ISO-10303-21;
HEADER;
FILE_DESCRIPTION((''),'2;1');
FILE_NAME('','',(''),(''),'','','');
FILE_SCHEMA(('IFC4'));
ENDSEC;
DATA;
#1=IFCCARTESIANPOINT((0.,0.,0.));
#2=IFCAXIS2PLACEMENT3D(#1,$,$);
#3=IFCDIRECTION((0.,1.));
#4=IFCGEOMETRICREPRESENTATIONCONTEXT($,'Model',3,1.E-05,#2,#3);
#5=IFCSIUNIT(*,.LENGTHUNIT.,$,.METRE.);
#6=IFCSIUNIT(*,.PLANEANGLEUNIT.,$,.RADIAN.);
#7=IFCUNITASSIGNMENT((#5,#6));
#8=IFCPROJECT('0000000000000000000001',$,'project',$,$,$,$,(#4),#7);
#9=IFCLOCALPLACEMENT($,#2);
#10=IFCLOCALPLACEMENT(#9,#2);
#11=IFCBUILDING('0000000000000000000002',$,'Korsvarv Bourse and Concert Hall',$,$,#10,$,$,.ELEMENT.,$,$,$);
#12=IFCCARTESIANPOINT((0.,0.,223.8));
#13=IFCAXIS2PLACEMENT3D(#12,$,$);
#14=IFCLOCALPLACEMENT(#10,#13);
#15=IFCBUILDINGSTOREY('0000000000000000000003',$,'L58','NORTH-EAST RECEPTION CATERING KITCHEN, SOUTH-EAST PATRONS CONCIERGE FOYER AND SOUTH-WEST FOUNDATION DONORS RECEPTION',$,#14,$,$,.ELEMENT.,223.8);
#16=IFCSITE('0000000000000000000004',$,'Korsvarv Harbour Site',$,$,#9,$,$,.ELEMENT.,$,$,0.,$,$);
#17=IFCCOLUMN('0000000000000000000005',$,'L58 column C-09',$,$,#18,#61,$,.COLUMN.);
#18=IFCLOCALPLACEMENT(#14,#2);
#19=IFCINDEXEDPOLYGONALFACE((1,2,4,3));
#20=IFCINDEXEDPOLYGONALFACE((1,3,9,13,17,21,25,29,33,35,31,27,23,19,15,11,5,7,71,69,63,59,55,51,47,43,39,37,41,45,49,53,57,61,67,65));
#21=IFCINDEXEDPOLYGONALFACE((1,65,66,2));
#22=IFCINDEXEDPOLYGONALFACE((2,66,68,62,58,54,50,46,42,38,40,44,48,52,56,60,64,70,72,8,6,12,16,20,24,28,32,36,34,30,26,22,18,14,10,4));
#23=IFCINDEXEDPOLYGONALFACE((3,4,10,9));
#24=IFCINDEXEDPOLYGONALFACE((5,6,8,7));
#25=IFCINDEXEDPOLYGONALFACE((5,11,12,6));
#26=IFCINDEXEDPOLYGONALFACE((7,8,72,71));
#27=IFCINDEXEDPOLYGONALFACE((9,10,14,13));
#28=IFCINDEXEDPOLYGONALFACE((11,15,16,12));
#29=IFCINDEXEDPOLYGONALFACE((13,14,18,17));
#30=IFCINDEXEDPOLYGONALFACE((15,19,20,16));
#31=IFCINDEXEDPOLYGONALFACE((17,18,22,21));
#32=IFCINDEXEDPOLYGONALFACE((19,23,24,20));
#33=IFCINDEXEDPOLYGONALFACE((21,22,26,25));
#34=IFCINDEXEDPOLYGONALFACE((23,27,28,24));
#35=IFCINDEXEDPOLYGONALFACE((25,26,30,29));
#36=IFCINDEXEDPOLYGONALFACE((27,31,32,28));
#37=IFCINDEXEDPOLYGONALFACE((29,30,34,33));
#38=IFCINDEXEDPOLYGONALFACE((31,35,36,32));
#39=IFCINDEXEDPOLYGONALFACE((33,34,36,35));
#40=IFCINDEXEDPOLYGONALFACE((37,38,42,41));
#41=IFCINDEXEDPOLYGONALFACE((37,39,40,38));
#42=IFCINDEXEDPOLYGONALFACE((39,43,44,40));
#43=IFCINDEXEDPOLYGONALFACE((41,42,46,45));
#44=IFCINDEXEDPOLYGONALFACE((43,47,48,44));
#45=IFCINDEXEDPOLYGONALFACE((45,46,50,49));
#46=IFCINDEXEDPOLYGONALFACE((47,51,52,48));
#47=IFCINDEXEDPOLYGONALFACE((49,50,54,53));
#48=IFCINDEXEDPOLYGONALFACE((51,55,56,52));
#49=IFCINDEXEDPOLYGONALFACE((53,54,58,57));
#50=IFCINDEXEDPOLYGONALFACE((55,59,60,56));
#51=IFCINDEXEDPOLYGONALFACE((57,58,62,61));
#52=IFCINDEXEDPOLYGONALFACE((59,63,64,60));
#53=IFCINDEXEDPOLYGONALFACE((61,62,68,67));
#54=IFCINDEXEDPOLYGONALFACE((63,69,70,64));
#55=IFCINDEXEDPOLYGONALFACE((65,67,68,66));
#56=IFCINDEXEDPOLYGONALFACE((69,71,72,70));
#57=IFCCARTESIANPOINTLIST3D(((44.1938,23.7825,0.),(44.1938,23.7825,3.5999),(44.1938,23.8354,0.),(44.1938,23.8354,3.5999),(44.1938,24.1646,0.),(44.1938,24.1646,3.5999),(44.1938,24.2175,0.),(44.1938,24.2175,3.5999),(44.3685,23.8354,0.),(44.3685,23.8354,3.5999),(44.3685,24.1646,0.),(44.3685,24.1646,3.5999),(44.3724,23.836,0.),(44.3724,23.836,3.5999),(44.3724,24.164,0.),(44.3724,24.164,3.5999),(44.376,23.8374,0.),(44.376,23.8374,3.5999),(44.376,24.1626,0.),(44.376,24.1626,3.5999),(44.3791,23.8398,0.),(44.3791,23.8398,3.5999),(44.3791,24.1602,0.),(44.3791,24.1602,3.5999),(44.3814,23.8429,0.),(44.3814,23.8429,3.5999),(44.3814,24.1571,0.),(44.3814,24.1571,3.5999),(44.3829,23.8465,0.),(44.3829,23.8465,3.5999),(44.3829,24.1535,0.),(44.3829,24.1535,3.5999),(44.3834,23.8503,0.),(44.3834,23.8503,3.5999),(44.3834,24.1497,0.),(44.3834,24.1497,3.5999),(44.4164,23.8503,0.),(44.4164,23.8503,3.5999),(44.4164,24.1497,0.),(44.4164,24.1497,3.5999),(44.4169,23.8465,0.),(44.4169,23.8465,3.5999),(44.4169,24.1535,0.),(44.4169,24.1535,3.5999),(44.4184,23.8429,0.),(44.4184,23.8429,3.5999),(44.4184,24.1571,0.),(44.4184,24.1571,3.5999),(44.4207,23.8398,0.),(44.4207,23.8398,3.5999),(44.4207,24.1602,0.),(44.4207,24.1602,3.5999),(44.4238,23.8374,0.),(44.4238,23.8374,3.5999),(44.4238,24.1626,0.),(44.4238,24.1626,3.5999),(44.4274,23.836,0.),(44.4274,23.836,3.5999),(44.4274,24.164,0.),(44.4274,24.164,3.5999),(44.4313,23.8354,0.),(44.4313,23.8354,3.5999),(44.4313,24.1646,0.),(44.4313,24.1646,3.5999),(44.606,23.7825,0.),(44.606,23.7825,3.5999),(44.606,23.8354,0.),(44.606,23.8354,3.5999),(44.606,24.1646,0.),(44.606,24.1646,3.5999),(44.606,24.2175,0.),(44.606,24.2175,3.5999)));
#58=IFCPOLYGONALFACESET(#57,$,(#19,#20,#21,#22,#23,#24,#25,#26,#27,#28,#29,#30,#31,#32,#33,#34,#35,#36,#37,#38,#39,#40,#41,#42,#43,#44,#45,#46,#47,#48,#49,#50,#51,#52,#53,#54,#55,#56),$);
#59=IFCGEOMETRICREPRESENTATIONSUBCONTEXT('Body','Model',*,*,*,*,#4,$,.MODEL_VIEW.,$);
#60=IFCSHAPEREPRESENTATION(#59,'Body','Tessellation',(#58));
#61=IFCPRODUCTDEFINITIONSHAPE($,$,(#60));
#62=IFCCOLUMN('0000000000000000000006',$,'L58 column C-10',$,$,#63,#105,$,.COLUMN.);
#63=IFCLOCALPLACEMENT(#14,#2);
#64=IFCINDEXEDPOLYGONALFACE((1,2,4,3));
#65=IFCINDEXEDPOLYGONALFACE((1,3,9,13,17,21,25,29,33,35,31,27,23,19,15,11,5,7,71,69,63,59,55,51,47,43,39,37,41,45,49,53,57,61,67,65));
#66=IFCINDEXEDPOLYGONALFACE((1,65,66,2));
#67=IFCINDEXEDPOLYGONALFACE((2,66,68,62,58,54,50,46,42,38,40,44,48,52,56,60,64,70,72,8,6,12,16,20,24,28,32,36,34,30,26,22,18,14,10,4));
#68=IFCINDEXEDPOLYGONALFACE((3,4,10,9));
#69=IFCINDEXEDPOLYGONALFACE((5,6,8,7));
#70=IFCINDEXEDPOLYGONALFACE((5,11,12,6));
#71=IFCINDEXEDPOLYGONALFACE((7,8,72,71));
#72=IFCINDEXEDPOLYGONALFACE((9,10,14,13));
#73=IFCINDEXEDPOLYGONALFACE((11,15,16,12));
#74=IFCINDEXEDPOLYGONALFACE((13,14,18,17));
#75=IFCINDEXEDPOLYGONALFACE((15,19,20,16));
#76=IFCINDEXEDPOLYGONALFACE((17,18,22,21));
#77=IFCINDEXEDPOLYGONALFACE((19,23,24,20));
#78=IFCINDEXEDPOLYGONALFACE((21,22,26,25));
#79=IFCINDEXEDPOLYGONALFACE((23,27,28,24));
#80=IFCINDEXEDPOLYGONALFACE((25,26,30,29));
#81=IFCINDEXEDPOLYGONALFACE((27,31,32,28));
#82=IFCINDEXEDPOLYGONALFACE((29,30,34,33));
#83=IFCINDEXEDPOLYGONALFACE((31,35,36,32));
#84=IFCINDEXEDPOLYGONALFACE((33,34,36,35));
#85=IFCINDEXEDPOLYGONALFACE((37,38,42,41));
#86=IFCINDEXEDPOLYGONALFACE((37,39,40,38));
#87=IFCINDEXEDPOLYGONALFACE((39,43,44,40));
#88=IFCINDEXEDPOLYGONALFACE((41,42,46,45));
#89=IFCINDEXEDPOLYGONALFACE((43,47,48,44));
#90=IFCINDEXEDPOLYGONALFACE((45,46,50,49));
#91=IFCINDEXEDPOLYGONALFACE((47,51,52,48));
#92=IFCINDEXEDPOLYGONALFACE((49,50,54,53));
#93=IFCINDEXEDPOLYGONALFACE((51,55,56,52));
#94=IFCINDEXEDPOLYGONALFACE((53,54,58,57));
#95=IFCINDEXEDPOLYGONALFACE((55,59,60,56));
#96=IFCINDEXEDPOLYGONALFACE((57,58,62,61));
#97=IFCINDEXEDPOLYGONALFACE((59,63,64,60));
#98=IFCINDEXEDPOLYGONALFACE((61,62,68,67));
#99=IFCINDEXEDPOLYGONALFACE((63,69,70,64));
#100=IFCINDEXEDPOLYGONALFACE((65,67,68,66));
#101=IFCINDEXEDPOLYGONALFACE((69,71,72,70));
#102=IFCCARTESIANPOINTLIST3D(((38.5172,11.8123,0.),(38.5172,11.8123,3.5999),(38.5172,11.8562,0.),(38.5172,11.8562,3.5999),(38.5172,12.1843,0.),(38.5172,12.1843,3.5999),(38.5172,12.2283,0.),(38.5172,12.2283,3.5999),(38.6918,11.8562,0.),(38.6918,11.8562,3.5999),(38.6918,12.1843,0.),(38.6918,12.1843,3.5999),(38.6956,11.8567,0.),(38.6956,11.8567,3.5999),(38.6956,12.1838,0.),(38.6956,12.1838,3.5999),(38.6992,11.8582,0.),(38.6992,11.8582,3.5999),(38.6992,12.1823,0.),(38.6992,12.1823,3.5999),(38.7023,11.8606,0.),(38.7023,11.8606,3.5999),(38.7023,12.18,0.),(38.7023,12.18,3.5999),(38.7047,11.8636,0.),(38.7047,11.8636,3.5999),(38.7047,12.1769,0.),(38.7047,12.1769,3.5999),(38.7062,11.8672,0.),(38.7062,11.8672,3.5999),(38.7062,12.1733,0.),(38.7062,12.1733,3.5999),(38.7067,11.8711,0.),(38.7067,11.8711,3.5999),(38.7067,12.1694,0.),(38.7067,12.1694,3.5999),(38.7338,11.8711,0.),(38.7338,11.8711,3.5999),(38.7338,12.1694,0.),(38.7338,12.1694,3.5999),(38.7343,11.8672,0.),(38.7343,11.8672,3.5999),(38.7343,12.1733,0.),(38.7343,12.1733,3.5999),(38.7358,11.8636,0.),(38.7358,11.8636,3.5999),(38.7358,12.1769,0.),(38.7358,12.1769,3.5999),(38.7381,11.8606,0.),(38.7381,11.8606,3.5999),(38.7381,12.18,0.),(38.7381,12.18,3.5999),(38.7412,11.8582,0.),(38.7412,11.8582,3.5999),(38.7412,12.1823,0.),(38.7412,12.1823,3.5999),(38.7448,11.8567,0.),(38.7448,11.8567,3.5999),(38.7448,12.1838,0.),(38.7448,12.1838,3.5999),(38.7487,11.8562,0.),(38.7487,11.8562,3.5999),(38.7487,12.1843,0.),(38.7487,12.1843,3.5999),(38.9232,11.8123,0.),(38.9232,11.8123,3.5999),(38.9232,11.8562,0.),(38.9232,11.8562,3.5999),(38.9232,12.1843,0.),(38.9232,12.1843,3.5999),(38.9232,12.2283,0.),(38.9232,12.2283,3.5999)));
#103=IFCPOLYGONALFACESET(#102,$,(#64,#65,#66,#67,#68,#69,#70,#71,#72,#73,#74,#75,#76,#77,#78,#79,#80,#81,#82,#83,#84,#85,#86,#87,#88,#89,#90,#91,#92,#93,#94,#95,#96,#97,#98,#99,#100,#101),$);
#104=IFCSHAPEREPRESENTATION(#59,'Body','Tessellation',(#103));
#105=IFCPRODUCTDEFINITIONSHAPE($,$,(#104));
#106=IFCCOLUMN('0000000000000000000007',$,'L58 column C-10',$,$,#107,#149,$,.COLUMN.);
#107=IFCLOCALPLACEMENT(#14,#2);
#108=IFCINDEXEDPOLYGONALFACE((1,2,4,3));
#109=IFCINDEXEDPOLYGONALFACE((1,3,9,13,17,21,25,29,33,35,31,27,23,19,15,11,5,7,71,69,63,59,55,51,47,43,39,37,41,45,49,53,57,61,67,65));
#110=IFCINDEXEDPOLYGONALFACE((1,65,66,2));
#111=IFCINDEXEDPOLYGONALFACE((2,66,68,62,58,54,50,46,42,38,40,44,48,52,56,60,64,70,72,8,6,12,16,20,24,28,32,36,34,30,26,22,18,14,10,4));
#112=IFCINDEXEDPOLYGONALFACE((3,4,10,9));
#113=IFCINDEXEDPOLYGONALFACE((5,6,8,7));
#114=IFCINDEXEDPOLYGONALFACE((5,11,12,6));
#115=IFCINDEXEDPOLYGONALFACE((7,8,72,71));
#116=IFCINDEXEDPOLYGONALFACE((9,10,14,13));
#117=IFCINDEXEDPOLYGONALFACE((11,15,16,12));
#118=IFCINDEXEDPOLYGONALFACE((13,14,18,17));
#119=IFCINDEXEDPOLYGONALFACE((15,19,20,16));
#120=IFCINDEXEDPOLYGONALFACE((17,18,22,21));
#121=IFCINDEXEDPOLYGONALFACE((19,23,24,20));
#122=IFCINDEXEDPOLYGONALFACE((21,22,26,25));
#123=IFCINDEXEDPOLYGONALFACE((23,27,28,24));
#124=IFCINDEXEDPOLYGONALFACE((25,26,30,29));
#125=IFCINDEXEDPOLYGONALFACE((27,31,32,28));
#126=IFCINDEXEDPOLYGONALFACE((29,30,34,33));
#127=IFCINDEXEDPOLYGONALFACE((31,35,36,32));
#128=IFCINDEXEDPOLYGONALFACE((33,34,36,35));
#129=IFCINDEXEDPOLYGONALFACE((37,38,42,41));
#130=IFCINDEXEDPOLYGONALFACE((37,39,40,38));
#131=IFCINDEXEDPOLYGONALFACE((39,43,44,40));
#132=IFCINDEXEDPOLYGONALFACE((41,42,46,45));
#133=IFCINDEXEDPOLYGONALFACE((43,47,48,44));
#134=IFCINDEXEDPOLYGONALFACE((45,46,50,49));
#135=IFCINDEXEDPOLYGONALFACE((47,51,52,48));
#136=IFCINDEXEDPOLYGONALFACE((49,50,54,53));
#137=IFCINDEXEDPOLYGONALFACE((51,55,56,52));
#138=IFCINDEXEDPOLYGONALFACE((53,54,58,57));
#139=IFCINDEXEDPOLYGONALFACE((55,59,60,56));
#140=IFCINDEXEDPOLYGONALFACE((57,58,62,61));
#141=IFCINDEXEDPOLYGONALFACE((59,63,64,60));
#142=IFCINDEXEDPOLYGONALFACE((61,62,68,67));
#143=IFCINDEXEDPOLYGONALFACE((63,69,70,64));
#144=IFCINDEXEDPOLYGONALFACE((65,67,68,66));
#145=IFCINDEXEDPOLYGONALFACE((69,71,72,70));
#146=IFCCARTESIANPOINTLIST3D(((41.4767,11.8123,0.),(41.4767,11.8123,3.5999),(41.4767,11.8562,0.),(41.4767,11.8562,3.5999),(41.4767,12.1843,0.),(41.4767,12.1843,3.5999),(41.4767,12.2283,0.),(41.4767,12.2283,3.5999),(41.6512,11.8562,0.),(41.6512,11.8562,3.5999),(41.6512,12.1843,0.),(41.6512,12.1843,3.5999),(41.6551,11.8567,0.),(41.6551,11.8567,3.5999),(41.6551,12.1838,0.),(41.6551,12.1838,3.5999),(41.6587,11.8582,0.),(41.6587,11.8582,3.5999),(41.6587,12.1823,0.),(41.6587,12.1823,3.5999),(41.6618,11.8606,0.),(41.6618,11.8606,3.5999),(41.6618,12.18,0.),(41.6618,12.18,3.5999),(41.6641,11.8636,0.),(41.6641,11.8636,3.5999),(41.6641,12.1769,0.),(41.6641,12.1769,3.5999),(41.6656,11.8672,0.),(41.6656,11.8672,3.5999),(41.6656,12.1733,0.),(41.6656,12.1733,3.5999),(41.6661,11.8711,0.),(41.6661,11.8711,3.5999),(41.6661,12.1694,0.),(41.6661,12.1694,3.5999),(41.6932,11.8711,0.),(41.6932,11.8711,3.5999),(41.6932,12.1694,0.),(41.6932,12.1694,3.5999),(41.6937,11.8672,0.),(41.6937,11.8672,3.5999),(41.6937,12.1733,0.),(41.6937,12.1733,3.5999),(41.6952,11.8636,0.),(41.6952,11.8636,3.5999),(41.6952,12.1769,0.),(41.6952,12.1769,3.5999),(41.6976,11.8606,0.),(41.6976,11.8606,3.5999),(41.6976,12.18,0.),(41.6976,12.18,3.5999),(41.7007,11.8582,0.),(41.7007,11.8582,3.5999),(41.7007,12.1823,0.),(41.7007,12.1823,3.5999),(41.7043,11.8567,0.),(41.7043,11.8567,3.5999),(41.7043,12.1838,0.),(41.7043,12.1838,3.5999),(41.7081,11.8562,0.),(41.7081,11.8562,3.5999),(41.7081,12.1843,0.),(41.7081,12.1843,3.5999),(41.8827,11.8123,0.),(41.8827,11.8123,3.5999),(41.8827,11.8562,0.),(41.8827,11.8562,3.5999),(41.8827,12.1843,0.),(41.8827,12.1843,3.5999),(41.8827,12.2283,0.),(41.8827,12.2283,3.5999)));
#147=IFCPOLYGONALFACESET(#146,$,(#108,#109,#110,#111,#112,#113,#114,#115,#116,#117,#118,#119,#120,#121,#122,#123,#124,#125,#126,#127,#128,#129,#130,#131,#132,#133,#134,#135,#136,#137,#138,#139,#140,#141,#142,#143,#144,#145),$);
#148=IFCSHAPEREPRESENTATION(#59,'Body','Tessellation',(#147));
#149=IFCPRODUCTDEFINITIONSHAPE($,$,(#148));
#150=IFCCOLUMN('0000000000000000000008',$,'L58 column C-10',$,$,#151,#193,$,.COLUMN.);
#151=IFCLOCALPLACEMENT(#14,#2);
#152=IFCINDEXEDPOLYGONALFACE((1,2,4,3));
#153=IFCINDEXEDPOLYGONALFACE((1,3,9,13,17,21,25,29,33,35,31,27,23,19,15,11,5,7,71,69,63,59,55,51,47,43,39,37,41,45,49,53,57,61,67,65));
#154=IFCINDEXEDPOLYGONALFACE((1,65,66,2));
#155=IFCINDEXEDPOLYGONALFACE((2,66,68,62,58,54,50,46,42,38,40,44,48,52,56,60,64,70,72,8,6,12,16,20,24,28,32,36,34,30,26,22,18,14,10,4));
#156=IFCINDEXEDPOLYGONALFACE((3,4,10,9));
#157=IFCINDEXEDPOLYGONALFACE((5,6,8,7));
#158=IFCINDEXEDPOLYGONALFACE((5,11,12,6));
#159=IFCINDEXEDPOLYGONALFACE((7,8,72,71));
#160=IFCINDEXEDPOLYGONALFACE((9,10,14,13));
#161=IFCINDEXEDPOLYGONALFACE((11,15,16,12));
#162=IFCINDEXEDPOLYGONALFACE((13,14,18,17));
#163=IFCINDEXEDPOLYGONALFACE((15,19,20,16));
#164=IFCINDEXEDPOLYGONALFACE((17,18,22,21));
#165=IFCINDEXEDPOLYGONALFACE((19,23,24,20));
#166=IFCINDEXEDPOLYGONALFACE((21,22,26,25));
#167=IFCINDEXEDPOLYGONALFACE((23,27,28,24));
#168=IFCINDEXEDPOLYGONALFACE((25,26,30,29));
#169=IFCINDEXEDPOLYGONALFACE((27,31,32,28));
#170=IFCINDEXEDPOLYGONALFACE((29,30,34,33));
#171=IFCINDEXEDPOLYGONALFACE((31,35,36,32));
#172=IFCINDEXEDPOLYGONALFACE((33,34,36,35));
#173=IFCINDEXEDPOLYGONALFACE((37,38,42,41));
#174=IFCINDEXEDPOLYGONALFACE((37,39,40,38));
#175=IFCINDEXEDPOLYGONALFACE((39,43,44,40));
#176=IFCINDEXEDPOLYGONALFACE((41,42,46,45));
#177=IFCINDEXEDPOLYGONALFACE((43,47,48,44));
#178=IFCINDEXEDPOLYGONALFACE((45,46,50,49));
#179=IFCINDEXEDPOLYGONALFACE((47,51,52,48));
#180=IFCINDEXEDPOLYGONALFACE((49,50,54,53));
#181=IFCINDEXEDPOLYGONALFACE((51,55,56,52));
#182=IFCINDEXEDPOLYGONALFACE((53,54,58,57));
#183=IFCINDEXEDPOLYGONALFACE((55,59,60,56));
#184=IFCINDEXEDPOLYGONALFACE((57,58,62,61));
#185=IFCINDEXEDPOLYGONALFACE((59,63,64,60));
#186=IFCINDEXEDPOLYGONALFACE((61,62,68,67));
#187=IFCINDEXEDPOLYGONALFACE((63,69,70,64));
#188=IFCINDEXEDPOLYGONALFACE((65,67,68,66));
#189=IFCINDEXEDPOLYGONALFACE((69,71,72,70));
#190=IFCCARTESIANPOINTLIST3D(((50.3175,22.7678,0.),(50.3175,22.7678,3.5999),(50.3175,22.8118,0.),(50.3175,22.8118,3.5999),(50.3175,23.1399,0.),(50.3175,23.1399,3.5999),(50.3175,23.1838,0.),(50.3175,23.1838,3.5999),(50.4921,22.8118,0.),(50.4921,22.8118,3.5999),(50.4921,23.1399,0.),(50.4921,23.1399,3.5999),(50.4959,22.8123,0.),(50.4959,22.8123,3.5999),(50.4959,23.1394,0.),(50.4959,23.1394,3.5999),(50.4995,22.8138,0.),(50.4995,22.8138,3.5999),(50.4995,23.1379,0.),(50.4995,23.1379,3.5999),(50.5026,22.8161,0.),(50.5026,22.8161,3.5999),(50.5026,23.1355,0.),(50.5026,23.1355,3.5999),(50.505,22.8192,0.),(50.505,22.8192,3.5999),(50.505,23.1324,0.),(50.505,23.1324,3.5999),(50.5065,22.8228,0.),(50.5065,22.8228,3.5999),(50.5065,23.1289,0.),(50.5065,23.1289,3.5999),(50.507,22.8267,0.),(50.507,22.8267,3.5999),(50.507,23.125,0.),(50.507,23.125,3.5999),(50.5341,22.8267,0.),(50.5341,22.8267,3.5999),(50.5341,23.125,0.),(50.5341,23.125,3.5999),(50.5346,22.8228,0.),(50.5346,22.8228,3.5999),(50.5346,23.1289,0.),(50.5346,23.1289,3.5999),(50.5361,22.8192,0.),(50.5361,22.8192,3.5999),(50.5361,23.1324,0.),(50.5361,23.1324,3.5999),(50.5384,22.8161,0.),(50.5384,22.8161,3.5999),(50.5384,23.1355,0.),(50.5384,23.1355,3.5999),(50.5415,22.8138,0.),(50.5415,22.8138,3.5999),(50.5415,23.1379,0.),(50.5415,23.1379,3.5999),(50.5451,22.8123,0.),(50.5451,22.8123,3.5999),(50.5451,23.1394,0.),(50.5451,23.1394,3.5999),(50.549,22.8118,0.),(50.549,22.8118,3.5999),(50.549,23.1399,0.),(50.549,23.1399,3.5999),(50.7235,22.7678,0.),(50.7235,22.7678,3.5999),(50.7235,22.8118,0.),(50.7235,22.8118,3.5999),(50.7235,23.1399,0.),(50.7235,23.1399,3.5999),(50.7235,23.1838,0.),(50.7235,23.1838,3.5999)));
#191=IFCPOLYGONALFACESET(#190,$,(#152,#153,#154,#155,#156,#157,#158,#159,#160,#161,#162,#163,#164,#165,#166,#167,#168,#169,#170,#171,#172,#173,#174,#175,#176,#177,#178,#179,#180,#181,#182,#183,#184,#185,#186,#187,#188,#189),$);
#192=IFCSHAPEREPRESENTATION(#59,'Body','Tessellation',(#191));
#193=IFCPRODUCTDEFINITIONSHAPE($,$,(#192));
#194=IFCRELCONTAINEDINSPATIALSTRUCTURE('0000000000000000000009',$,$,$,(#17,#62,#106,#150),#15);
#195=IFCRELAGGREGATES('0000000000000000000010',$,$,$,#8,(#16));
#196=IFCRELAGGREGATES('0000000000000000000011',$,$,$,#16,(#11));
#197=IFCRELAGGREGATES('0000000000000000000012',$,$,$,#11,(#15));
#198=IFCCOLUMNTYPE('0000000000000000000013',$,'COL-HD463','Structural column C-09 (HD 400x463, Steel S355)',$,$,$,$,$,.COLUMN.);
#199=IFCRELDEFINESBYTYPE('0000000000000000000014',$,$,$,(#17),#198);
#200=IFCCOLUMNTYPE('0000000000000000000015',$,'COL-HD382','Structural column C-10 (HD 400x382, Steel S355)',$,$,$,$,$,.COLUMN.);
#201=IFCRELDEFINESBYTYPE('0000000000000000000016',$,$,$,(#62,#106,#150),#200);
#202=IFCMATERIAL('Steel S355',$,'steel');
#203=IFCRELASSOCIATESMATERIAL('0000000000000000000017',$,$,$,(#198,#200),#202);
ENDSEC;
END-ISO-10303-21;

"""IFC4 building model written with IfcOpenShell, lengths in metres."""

from ifc_helpers import new_model, si_unit, direction, frame, origin, origin_2d, place, context, subcontext, project, spatial, i_section, extrude, source, transform, mapped, material, material_profile, profile_set, type_object, element, save


model = new_model("IFC4")

# Units and contexts
model_context = context("Model", 3, precision=1e-05, world=origin(), true_north=direction((0.0, 1.0)))
body_context = subcontext(model_context, "Body", "Model", "MODEL_VIEW")
ifc_project = project(units=[si_unit("LENGTHUNIT", "METRE"), si_unit("PLANEANGLEUNIT", "RADIAN")], contexts=[model_context])

# Site, building, storey
site_placement = place(None, origin())
site = spatial("IfcSite", under=ifc_project, at=site_placement, Name="Korsvarv Harbour Site", CompositionType="ELEMENT", RefElevation=0.0)
building_placement = place(site_placement, origin())
building = spatial("IfcBuilding", under=site, at=building_placement, Name="Korsvarv Bourse and Concert Hall", CompositionType="ELEMENT")
storey_placement = place(building_placement, frame((0.0, 0.0, 223.8)))
storey = spatial("IfcBuildingStorey", under=building, at=storey_placement, Name="L58", Description="NORTH-EAST RECEPTION CATERING KITCHEN, SOUTH-EAST PATRONS CONCIERGE FOYER AND SOUTH-WEST FOUNDATION DONORS RECEPTION", CompositionType="ELEMENT", Elevation=223.8)

# Columns
ifc_material_1 = material(Name="Steel S355", Category="steel")
ifc_material_profile_1 = material_profile(ifc_material_1, i_section(OverallWidth=0.4121, OverallDepth=0.4351, WebThickness=0.033, FlangeThickness=0.053, FilletRadius=0.0149, at=origin_2d()), Name="HD 400x463")
ifc_profile_set_1 = profile_set([ifc_material_profile_1], Name="Steel S355")
column_type_1 = type_object("IfcColumnType", Name="COL-HD463", Description="Structural column C-09 (HD 400x463, Steel S355)", PredefinedType="COLUMN", material=ifc_profile_set_1)
shared_shape_1 = source(origin(), body_context, "Body", "SweptSolid", [
    extrude(i_section(OverallWidth=0.4121, OverallDepth=0.4351, WebThickness=0.033, FlangeThickness=0.053, FilletRadius=0.0149, at=origin_2d()), origin(), (0.0, 0.0, 1.0), 3.5999),
])
column_placement = place(storey_placement, frame((44.3999, 24.0, 0.0), z_axis=(0.0, 0.0, 1.0), x_axis=(1.0, 0.0, 0.0)))
element("IfcColumn", 1, at=column_placement, inside=storey, type_object=column_type_1, Name="L58 column C-09", PredefinedType="COLUMN", context=body_context, shape_type="MappedRepresentation", body=[
    mapped(shared_shape_1, transform((0.0, 0.0, 0.0), scale=1.0)),
])
ifc_material_profile_2 = material_profile(ifc_material_1, i_section(OverallWidth=0.406, OverallDepth=0.416, WebThickness=0.0271, FlangeThickness=0.0439, FilletRadius=0.0149, at=origin_2d()), Name="HD 400x382")
ifc_profile_set_2 = profile_set([ifc_material_profile_2], Name="Steel S355")
column_type_2 = type_object("IfcColumnType", Name="COL-HD382", Description="Structural column C-10 (HD 400x382, Steel S355)", PredefinedType="COLUMN", material=ifc_profile_set_2)
shared_shape_2 = source(origin(), body_context, "Body", "SweptSolid", [
    extrude(i_section(OverallWidth=0.406, OverallDepth=0.416, WebThickness=0.0271, FlangeThickness=0.0439, FilletRadius=0.0149, at=origin_2d()), origin(), (0.0, 0.0, 1.0), 3.5999),
])
for number, where, z_axis, x_axis, name in (
    (2, (38.7202, 12.0203, 0.0), (0.0, 0.0, 1.0), (1.0, 0.0, 0.0), "L58 column C-10"),
    (3, (41.6797, 12.0203, 0.0), (0.0, 0.0, 1.0), (1.0, 0.0, 0.0), "L58 column C-10"),
    (4, (50.5205, 22.9758, 0.0), (0.0, 0.0, 1.0), (1.0, 0.0, 0.0), "L58 column C-10"),
):
    element("IfcColumn", number, at=place(storey_placement, frame(where, z_axis=z_axis, x_axis=x_axis)), inside=storey, type_object=column_type_2, Name=name, PredefinedType="COLUMN", context=body_context, shape_type="MappedRepresentation", body=[
        mapped(shared_shape_2, transform((0.0, 0.0, 0.0), scale=1.0)),
    ])

save(model, "model.ifc")
